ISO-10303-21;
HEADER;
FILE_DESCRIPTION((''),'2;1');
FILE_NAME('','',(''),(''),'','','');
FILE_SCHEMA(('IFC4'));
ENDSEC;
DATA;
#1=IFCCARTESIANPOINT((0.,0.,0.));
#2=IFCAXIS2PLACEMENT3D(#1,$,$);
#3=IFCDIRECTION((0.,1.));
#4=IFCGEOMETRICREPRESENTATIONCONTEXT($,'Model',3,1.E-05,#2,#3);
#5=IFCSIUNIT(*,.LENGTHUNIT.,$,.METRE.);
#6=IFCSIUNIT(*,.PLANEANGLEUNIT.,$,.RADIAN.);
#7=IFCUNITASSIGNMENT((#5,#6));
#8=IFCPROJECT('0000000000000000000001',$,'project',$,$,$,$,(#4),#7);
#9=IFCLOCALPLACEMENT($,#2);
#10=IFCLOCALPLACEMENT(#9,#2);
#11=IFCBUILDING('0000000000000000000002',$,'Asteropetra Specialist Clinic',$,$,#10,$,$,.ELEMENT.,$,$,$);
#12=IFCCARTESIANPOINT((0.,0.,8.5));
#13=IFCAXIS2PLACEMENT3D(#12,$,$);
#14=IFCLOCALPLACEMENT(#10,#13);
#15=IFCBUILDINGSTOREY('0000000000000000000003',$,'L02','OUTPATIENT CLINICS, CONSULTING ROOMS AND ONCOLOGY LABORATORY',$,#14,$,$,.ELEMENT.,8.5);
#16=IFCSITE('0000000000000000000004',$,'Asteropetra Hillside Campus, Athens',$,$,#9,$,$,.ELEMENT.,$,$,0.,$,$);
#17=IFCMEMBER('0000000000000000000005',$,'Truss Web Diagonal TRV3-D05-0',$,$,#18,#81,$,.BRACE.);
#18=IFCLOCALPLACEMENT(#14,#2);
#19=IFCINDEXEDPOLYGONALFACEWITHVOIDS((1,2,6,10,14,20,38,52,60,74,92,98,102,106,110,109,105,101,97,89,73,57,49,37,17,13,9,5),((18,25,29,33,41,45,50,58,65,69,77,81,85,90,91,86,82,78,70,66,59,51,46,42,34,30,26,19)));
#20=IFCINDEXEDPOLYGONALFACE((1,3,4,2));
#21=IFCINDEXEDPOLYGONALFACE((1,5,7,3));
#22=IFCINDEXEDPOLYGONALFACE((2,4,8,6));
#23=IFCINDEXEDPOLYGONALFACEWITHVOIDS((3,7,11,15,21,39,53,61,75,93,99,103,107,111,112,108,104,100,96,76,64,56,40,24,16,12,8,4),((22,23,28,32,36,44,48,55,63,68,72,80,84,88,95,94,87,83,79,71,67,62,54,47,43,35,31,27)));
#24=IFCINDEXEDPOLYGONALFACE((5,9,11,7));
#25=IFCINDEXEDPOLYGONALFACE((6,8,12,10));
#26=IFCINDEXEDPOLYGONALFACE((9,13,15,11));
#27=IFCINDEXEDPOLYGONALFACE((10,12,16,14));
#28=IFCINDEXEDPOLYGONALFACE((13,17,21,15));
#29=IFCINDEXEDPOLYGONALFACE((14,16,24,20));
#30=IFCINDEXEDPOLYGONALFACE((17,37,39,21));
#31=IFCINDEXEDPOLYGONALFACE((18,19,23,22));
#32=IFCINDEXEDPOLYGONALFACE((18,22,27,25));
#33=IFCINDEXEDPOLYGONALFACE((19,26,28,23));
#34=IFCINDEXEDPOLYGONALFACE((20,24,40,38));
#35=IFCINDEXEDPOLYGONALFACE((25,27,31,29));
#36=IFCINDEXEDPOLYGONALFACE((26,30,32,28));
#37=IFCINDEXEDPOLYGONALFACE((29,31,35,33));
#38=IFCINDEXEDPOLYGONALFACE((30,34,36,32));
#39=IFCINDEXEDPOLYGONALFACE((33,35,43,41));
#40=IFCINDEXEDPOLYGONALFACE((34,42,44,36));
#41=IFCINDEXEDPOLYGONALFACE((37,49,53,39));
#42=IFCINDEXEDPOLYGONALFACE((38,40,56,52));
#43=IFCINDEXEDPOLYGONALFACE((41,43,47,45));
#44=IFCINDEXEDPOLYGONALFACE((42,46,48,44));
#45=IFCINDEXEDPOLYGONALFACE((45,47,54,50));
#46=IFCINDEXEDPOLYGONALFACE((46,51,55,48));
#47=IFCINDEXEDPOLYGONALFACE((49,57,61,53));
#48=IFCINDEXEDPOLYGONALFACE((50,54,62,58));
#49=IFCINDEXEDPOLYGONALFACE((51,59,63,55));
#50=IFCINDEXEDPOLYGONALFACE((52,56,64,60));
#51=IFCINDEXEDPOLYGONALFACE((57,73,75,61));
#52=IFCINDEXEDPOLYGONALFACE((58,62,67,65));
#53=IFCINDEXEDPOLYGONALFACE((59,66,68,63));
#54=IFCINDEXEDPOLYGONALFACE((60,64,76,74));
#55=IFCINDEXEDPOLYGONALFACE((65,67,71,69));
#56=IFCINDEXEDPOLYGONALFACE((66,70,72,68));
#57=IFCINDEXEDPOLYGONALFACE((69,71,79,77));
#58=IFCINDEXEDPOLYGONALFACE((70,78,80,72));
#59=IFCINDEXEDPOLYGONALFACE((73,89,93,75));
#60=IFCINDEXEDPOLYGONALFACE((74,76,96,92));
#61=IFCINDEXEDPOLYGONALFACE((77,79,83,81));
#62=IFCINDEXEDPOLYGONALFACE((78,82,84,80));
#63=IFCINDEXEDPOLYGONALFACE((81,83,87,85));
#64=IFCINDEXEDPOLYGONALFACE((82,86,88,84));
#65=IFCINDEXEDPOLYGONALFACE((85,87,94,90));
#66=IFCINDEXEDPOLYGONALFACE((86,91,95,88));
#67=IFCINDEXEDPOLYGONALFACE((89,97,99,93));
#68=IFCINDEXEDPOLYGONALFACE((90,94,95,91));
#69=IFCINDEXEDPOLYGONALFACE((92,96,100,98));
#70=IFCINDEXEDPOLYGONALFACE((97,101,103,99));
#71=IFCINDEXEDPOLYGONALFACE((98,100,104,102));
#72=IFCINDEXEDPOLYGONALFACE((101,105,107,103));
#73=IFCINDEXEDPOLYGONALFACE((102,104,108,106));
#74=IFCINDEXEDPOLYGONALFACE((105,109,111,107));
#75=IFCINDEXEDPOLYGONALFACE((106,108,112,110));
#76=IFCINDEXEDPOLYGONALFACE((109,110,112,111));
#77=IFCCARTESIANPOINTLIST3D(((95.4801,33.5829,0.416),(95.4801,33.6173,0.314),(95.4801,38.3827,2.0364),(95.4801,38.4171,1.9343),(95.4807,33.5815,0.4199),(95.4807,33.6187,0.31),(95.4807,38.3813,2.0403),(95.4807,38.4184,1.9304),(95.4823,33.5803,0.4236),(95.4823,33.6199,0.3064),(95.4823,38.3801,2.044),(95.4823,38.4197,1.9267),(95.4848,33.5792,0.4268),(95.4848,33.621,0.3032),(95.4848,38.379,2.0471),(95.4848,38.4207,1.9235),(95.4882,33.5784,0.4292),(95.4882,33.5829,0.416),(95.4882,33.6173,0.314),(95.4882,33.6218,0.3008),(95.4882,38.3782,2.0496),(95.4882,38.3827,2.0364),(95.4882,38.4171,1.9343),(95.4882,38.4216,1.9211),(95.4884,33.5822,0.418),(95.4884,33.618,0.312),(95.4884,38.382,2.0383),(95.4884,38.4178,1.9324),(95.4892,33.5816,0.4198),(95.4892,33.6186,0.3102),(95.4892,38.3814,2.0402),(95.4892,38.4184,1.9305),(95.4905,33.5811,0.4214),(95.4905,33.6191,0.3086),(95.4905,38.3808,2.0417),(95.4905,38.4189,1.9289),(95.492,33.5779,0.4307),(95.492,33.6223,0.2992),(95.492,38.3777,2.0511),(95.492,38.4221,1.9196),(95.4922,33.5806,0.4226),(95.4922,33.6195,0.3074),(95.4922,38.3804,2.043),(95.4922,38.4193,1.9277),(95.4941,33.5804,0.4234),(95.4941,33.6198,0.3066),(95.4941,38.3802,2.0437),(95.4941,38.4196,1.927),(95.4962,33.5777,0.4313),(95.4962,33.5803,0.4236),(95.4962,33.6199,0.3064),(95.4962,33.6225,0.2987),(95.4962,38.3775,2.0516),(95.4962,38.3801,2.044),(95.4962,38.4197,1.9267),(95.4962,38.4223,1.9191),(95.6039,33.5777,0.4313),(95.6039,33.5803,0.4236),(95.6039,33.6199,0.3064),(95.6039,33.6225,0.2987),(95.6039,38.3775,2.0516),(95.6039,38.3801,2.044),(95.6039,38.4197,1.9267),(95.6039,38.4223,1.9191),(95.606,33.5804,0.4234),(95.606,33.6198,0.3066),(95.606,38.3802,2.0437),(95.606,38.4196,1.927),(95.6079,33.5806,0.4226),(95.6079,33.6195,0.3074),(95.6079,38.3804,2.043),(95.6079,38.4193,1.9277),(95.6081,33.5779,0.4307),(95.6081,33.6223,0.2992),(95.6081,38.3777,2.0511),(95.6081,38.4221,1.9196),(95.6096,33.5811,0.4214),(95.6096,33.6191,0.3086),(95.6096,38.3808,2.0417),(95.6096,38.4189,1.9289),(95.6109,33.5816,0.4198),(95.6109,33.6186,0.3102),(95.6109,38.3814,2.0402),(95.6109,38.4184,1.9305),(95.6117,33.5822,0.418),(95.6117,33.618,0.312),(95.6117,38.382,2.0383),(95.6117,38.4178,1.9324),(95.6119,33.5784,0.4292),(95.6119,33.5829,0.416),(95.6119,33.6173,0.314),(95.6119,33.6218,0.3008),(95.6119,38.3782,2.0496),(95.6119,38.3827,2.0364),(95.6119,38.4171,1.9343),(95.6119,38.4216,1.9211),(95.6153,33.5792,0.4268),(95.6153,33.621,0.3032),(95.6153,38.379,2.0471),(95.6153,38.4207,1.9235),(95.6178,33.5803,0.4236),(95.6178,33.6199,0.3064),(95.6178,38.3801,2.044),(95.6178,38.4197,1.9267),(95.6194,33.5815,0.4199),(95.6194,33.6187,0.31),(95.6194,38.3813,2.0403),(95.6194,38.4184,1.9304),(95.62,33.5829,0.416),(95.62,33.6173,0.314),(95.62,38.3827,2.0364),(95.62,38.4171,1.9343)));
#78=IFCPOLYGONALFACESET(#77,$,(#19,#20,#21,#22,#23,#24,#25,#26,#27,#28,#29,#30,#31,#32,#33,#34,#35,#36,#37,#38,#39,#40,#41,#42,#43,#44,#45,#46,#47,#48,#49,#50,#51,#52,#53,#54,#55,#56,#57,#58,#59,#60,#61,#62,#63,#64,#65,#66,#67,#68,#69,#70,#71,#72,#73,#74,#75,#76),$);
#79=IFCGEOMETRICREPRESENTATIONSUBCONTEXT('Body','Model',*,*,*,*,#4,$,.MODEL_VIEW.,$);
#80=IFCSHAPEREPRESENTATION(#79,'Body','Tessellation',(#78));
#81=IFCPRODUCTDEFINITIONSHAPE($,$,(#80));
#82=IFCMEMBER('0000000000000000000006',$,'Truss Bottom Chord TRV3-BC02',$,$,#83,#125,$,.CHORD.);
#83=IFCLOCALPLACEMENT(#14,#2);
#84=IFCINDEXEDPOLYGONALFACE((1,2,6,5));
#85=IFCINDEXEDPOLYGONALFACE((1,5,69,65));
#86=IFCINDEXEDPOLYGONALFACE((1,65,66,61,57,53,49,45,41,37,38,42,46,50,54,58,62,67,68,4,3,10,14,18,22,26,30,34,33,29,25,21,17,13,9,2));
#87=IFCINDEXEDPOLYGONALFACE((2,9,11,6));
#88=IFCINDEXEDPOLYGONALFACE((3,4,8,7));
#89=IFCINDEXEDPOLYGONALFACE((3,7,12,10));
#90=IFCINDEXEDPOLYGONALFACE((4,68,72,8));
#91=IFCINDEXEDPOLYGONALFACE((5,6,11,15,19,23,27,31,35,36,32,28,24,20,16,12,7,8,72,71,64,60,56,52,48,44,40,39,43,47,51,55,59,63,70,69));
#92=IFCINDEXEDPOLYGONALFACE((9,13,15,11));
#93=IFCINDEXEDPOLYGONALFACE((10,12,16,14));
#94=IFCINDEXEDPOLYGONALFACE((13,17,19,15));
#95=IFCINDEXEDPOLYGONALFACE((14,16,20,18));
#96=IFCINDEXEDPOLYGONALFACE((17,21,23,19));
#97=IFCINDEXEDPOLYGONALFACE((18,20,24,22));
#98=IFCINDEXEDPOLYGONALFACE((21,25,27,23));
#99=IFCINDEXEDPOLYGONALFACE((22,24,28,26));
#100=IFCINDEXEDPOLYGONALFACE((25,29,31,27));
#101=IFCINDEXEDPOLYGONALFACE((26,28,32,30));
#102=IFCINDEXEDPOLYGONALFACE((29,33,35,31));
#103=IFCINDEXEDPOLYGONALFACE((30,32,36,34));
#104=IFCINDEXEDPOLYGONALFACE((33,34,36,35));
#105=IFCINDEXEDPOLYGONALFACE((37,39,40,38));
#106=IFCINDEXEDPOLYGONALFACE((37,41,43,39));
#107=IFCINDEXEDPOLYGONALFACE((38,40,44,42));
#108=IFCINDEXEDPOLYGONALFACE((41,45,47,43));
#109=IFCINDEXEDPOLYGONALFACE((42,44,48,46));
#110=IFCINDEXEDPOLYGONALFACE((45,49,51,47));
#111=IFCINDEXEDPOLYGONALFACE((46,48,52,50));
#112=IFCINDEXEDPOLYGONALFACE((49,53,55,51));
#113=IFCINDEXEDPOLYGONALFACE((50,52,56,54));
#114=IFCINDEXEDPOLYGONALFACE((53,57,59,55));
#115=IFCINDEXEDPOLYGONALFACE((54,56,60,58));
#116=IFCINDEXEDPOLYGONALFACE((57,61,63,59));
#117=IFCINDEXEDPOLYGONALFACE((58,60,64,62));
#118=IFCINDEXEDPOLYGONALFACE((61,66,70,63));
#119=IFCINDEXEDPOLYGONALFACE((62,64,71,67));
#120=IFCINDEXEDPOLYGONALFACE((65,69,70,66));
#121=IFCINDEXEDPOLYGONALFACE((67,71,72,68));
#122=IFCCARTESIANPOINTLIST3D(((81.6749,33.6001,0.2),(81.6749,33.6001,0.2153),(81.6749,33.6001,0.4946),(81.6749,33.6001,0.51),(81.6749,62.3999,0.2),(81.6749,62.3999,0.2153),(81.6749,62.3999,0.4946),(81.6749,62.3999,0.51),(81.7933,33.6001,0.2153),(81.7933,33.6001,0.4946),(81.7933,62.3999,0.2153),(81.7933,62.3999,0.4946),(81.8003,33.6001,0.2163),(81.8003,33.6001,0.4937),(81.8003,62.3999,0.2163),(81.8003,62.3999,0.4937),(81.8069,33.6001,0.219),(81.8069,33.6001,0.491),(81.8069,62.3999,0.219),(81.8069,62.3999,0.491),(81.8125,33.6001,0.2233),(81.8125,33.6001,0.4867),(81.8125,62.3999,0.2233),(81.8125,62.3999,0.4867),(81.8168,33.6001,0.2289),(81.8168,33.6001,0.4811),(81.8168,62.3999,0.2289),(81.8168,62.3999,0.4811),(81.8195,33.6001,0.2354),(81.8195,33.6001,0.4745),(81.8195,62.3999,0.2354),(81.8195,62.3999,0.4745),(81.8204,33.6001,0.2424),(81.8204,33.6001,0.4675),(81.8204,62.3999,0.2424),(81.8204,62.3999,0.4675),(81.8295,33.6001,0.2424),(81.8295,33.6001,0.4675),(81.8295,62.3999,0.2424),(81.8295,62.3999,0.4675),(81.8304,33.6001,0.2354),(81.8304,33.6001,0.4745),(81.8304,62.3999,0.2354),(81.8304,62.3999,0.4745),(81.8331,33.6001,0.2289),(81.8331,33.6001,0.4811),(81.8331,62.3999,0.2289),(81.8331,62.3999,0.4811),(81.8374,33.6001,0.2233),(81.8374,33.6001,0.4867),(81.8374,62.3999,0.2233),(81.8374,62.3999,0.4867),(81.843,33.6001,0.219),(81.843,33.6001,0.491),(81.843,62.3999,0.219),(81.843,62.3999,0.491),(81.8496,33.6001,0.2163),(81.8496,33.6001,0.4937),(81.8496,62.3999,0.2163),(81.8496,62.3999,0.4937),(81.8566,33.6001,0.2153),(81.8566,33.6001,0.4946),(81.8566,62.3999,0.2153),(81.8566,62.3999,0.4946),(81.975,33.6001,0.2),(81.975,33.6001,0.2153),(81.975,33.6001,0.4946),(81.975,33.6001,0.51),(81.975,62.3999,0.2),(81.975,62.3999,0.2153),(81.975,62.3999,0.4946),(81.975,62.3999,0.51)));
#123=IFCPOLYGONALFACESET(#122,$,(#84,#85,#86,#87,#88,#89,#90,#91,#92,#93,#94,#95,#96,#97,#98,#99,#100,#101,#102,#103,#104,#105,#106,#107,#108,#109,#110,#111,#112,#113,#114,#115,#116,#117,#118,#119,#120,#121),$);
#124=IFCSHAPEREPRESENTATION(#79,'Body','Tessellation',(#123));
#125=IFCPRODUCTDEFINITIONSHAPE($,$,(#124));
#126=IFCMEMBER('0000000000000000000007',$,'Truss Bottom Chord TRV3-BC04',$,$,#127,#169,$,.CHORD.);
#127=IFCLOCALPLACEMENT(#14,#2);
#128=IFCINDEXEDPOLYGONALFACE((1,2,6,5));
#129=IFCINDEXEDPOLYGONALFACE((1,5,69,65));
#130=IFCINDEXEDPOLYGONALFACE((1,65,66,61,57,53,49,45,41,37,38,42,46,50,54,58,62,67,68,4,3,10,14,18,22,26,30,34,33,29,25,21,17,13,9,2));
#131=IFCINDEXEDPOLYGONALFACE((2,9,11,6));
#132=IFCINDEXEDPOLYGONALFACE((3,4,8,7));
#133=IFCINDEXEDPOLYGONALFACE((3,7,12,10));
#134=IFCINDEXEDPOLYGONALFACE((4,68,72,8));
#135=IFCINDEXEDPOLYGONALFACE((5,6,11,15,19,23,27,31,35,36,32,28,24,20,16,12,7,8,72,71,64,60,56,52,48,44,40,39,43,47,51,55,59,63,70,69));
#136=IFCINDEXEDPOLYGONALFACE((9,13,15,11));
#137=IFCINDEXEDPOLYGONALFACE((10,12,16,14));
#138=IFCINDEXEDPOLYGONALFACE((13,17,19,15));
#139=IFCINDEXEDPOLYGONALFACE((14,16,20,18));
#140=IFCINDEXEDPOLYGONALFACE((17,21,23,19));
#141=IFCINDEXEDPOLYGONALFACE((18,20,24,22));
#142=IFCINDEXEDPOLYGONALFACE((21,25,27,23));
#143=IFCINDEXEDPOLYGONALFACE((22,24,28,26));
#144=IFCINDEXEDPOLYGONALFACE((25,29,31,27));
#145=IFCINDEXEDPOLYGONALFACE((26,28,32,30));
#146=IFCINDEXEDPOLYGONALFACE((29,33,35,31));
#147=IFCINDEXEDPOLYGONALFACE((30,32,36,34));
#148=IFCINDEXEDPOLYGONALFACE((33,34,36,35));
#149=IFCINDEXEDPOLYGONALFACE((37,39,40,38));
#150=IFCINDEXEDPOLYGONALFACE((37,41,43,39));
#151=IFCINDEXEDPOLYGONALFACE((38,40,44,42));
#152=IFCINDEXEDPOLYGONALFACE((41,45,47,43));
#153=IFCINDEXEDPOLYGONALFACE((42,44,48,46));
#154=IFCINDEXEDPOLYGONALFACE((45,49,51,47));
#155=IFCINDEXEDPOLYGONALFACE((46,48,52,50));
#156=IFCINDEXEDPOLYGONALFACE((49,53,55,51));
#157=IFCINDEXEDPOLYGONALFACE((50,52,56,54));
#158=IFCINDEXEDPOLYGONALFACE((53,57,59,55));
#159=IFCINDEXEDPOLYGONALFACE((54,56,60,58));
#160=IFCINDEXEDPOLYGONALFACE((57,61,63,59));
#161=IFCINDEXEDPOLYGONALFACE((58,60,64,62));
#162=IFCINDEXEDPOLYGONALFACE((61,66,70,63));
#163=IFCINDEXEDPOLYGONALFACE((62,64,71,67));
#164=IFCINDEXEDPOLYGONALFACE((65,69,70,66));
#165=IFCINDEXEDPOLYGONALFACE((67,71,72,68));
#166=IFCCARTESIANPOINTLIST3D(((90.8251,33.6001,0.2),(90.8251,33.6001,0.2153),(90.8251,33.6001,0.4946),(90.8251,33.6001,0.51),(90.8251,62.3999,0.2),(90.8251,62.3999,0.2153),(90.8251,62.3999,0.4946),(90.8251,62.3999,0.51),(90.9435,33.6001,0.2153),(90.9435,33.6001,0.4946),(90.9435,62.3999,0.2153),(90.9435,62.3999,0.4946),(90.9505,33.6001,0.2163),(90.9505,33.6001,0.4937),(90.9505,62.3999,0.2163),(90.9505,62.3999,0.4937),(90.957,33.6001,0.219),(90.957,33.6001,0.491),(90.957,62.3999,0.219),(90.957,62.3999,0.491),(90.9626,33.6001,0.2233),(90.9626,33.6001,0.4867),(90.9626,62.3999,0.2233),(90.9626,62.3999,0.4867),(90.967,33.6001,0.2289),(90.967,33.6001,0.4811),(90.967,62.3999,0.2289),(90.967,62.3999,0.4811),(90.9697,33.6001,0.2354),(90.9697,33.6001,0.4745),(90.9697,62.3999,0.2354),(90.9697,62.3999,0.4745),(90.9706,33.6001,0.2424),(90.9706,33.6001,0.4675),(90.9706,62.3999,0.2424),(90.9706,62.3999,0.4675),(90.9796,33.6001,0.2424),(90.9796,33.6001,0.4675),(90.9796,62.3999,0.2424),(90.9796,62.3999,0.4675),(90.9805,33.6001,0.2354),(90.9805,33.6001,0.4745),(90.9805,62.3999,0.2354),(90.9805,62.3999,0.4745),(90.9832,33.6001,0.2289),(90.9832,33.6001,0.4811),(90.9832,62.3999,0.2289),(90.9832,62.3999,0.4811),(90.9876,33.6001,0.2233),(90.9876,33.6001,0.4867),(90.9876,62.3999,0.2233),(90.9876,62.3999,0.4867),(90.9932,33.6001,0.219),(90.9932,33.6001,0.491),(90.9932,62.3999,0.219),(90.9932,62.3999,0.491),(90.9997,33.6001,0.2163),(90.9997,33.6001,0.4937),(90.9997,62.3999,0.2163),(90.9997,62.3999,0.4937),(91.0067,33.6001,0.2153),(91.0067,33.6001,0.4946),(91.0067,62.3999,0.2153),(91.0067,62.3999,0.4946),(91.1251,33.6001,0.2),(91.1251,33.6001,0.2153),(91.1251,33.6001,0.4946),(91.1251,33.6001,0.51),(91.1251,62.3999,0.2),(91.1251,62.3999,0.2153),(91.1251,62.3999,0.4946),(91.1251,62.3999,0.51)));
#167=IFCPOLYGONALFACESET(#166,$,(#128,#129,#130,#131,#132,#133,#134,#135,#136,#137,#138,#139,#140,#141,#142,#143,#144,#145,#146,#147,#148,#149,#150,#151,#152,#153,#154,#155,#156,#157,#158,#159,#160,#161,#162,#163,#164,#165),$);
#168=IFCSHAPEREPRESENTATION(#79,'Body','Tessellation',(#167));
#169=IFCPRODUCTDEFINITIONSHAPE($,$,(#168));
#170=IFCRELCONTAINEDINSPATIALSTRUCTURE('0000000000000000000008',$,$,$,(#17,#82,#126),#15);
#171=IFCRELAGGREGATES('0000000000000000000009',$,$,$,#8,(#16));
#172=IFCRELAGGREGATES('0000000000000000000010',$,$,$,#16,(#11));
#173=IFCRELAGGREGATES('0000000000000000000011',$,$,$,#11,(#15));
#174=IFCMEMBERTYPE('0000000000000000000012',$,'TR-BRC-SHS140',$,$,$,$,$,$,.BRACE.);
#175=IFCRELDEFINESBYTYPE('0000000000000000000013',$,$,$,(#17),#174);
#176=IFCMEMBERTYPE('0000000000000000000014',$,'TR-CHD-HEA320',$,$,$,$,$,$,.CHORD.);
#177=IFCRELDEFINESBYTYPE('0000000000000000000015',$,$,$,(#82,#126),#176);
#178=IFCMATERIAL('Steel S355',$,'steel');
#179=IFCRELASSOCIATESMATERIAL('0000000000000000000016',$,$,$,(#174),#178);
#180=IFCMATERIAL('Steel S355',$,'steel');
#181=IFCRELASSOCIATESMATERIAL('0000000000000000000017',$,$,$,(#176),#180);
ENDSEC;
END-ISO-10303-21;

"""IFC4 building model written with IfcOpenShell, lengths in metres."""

from ifc_helpers import new_model, si_unit, direction, frame, origin, origin_2d, place, context, subcontext, project, spatial, hollow_rectangle, i_section, extrude, material, material_profile, profile_set, type_object, element, save


model = new_model("IFC4")

# Units and contexts
model_context = context("Model", 3, precision=1e-05, world=origin(), true_north=direction((0.0, 1.0)))
body_context = subcontext(model_context, "Body", "Model", "MODEL_VIEW")
ifc_project = project(units=[si_unit("LENGTHUNIT", "METRE"), si_unit("PLANEANGLEUNIT", "RADIAN")], contexts=[model_context])

# Site, building, storey
site_placement = place(None, origin())
site = spatial("IfcSite", under=ifc_project, at=site_placement, Name="Asteropetra Hillside Campus, Athens", CompositionType="ELEMENT", RefElevation=0.0)
building_placement = place(site_placement, origin())
building = spatial("IfcBuilding", under=site, at=building_placement, Name="Asteropetra Specialist Clinic", CompositionType="ELEMENT")
storey_placement = place(building_placement, frame((0.0, 0.0, 8.5)))
storey = spatial("IfcBuildingStorey", under=building, at=storey_placement, Name="L02", Description="OUTPATIENT CLINICS, CONSULTING ROOMS AND ONCOLOGY LABORATORY", CompositionType="ELEMENT", Elevation=8.5)

# Members
ifc_material_1 = material(Name="Steel S355", Category="steel")
ifc_material_profile_1 = material_profile(ifc_material_1, hollow_rectangle(XDim=0.1399, YDim=0.1399, WallThickness=0.0081, InnerFilletRadius=0.0081, OuterFilletRadius=0.0161, at=origin_2d()), Name="SHS 140x140x8.0")
ifc_profile_set_1 = profile_set([ifc_material_profile_1], Name="Steel S355")
member_type_1 = type_object("IfcMemberType", Name="TR-BRC-SHS140", PredefinedType="BRACE", material=ifc_profile_set_1)
member_1_placement = place(storey_placement, frame((95.55, 33.6001, 0.365), z_axis=(0.0, 0.947467, 0.319854), x_axis=(-1.0, 0.0, 0.0)))
element("IfcMember", 1, at=member_1_placement, inside=storey, type_object=member_type_1, Name="Truss Web Diagonal TRV3-D05-0", PredefinedType="BRACE", context=body_context, shape_type="SweptSolid", body=[
    extrude(hollow_rectangle(XDim=0.1399, YDim=0.1399, WallThickness=0.0081, InnerFilletRadius=0.0081, OuterFilletRadius=0.0161, at=origin_2d()), origin(), (0.0, 0.0, 1.0), 5.0659),
])
ifc_material_2 = material(Name="Steel S355", Category="steel")
ifc_material_profile_2 = material_profile(ifc_material_2, i_section(OverallWidth=0.3, OverallDepth=0.3101, WebThickness=0.009, FlangeThickness=0.0154, FilletRadius=0.0271, at=origin_2d()), Name="HEA 320")
ifc_profile_set_2 = profile_set([ifc_material_profile_2], Name="Steel S355")
member_type_2 = type_object("IfcMemberType", Name="TR-CHD-HEA320", PredefinedType="CHORD", material=ifc_profile_set_2)
for number, where, z_axis, x_axis, name in (
    (2, (81.825, 33.6001, 0.355), (0.0, 1.0, 0.0), (-1.0, 0.0, 0.0), "Truss Bottom Chord TRV3-BC02"),
    (3, (90.9751, 33.6001, 0.355), (0.0, 1.0, 0.0), (-1.0, 0.0, 0.0), "Truss Bottom Chord TRV3-BC04"),
):
    element("IfcMember", number, at=place(storey_placement, frame(where, z_axis=z_axis, x_axis=x_axis)), inside=storey, type_object=member_type_2, Name=name, PredefinedType="CHORD", context=body_context, shape_type="SweptSolid", body=[
        extrude(i_section(OverallWidth=0.3, OverallDepth=0.3101, WebThickness=0.009, FlangeThickness=0.0154, FilletRadius=0.0271, at=origin_2d()), origin(), (0.0, 0.0, 1.0), 28.7998),
    ])

save(model, "model.ifc")
